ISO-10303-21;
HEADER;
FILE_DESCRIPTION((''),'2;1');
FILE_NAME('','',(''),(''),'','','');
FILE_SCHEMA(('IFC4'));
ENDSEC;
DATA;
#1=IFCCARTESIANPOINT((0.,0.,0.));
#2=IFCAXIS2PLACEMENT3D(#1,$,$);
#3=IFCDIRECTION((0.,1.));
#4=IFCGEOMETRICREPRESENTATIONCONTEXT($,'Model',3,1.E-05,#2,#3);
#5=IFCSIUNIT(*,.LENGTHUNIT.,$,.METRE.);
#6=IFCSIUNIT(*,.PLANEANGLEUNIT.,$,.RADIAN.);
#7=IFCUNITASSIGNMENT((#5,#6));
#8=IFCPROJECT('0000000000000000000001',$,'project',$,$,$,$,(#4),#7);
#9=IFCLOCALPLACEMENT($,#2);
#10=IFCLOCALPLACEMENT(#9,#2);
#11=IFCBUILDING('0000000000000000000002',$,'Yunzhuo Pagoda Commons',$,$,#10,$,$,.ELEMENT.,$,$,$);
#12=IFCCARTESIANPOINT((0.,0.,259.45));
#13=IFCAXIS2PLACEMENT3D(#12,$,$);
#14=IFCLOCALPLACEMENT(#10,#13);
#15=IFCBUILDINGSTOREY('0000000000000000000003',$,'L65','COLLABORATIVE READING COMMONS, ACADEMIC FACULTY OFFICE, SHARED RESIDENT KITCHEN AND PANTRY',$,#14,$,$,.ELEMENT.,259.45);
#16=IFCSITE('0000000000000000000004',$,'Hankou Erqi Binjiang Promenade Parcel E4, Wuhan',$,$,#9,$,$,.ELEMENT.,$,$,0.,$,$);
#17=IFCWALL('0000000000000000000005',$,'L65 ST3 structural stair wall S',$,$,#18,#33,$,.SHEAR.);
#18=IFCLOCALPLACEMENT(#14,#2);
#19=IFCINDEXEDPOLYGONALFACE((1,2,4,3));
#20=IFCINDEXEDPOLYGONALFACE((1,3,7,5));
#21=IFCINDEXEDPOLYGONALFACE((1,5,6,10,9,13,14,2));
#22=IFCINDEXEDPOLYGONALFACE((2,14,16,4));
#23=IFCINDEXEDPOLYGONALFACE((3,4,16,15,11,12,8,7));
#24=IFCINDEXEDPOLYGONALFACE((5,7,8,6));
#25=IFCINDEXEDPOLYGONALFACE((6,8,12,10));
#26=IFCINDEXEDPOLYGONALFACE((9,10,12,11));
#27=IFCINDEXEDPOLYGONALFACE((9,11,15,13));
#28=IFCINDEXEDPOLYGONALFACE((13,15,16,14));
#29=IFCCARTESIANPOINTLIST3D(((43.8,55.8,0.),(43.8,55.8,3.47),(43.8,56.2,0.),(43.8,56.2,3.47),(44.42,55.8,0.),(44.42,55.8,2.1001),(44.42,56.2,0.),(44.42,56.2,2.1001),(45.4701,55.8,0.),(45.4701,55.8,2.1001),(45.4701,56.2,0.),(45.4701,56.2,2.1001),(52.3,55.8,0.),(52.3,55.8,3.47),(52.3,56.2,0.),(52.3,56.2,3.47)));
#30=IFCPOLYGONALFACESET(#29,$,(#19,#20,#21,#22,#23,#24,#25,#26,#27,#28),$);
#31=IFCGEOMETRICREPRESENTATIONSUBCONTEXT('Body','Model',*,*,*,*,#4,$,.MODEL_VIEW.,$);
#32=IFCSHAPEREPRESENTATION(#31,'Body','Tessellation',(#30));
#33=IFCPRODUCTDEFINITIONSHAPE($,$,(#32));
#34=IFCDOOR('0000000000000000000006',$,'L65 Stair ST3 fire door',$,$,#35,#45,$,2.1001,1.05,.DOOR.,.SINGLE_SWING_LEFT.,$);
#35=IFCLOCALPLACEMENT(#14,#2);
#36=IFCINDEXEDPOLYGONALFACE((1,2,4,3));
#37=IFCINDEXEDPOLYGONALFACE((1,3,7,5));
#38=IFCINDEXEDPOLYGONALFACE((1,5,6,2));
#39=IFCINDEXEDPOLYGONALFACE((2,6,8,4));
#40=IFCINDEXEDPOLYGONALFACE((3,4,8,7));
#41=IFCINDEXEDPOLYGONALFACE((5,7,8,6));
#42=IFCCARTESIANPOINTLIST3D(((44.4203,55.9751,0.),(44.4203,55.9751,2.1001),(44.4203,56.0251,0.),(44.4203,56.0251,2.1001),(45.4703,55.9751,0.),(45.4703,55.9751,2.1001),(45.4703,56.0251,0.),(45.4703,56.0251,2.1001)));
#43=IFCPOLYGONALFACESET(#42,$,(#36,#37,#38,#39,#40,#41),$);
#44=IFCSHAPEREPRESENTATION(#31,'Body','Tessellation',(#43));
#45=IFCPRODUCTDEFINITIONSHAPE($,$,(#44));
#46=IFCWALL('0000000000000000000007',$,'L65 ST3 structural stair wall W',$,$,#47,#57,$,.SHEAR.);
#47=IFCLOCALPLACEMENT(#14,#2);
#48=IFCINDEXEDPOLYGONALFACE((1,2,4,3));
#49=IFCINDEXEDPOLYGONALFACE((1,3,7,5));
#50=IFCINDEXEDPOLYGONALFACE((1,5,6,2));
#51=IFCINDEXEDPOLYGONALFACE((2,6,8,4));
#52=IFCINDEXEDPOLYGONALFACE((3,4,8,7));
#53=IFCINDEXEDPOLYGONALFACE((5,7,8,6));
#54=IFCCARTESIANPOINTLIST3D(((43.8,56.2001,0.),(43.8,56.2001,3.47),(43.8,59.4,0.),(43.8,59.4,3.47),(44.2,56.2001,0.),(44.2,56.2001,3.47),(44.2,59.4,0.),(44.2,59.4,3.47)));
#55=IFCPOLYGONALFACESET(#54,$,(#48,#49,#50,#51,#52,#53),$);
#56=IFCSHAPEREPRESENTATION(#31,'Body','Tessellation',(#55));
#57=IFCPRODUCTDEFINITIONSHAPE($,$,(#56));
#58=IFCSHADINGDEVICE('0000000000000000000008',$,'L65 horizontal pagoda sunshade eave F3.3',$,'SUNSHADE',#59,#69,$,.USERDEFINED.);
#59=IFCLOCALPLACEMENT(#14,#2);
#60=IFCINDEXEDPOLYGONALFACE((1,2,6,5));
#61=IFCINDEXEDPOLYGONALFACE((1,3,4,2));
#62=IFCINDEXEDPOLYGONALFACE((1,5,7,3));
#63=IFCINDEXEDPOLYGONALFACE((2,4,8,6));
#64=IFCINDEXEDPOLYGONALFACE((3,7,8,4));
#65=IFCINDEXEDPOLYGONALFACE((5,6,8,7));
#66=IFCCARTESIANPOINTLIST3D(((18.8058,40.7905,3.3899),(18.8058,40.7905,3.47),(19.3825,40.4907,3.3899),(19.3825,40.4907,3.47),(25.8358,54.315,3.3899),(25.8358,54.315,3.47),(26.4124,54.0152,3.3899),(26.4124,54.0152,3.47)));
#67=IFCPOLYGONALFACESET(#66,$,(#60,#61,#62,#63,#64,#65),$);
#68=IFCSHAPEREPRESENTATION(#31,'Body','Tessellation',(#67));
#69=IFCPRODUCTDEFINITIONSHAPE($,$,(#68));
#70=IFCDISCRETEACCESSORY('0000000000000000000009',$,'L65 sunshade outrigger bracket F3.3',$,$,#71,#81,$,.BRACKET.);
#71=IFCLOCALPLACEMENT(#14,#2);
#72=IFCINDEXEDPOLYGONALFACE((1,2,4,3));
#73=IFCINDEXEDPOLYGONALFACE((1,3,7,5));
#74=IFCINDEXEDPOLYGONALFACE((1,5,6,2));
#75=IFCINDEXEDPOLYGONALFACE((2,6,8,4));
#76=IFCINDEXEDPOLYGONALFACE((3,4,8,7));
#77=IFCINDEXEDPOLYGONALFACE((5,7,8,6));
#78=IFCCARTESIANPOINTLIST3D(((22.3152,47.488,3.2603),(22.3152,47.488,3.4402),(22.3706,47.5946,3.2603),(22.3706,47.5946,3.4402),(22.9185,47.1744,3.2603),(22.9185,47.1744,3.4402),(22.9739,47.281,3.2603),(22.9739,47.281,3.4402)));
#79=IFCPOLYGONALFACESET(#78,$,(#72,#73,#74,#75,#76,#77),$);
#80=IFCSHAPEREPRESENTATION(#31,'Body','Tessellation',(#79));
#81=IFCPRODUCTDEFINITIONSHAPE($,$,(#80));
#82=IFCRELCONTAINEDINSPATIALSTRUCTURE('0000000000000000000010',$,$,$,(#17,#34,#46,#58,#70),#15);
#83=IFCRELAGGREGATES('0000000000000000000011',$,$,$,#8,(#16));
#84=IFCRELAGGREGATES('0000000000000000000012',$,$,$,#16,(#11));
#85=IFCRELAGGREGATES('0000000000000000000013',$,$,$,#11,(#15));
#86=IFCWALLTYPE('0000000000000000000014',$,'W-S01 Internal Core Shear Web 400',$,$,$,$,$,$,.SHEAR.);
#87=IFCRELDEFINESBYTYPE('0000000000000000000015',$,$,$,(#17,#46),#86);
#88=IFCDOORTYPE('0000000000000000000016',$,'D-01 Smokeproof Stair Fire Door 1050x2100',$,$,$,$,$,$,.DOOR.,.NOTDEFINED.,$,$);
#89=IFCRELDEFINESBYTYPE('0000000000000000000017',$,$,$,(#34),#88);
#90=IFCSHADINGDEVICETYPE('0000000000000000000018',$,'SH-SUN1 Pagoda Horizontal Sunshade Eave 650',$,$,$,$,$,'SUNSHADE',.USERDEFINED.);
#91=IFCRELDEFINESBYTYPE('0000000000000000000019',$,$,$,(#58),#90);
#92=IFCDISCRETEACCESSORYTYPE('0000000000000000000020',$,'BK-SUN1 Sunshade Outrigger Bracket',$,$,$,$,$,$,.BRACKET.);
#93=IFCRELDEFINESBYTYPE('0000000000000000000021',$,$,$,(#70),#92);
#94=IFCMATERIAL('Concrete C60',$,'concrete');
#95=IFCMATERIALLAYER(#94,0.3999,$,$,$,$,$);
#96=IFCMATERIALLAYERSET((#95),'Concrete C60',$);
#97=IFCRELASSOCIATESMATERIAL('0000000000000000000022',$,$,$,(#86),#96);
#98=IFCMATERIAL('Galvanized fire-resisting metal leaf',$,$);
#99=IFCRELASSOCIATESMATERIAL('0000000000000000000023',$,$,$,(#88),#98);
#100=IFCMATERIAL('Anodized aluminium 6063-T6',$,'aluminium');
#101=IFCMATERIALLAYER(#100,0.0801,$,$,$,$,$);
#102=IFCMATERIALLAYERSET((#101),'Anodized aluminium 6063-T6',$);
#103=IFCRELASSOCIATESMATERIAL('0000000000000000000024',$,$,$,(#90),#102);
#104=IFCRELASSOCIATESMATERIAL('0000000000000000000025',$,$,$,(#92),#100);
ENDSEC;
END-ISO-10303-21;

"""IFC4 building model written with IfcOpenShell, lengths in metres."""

from ifc_helpers import new_model, si_unit, direction, frame, frame_2d, origin, origin_2d, place, context, subcontext, project, spatial, rectangle, extrude, source, transform, mapped, material, layer, layer_set, type_object, element, fill, save


model = new_model("IFC4")

# Units and contexts
model_context = context("Model", 3, precision=1e-05, world=origin(), true_north=direction((0.0, 1.0)))
body_context = subcontext(model_context, "Body", "Model", "MODEL_VIEW")
ifc_project = project(units=[si_unit("LENGTHUNIT", "METRE"), si_unit("PLANEANGLEUNIT", "RADIAN")], contexts=[model_context])

# Site, building, storey
site_placement = place(None, origin())
site = spatial("IfcSite", under=ifc_project, at=site_placement, Name="Hankou Erqi Binjiang Promenade Parcel E4, Wuhan", CompositionType="ELEMENT", RefElevation=0.0)
building_placement = place(site_placement, origin())
building = spatial("IfcBuilding", under=site, at=building_placement, Name="Yunzhuo Pagoda Commons", CompositionType="ELEMENT")
storey_placement = place(building_placement, frame((0.0, 0.0, 259.45)))
storey = spatial("IfcBuildingStorey", under=building, at=storey_placement, Name="L65", Description="COLLABORATIVE READING COMMONS, ACADEMIC FACULTY OFFICE, SHARED RESIDENT KITCHEN AND PANTRY", CompositionType="ELEMENT", Elevation=259.45)

# Shared definitions
ifc_material_1 = material(Name="Anodized aluminium 6063-T6", Category="aluminium")

# Wall, opening, door
ifc_material_2 = material(Name="Concrete C60", Category="concrete")
ifc_layer_1 = layer(ifc_material_2, 0.3999)
ifc_layer_set_1 = layer_set([ifc_layer_1], Name="Concrete C60")
wall_type_1 = type_object("IfcWallType", Name="W-S01 Internal Core Shear Web 400", PredefinedType="SHEAR", material=ifc_layer_set_1)
wall_1_placement = place(storey_placement, frame((43.8, 56.0, 0.0), z_axis=(0.0, 0.0, 1.0), x_axis=(1.0, 0.0, 0.0)))
wall_1 = element("IfcWall", 1, at=wall_1_placement, inside=storey, type_object=wall_type_1, Name="L65 ST3 structural stair wall S", PredefinedType="SHEAR", context=body_context, shape_type="SweptSolid", body=[
    extrude(rectangle(XDim=8.5, YDim=0.3999, at=frame_2d((4.25, 0.0))), origin(), (0.0, 0.0, 1.0), 3.47),
])
opening_1_placement = place(wall_1_placement, frame((0.6201, 0.0, 0.0)))
opening_1 = element("IfcOpeningElement", 2, at=opening_1_placement, cuts=wall_1, PredefinedType="OPENING", context=body_context, shape_type="SweptSolid", body=[
    extrude(rectangle(XDim=1.05, YDim=2.1001, at=frame_2d((0.5249, 1.05))), frame((0.0, 0.21, 0.0), z_axis=(0.0, -1.0, 0.0), x_axis=(1.0, 0.0, 0.0)), (0.0, 0.0, 1.0), 0.4199),
])
ifc_material_3 = material(Name="Galvanized fire-resisting metal leaf")
door_type_1 = type_object("IfcDoorType", Name="D-01 Smokeproof Stair Fire Door 1050x2100", OperationType="NOTDEFINED", PredefinedType="DOOR", material=ifc_material_3)
shared_shape_1 = source(origin(), body_context, "Body", "SweptSolid", [
    extrude(rectangle(XDim=1.05, YDim=2.1001, at=frame_2d((0.5249, 1.05))), frame((0.0, 0.0249, 0.0), z_axis=(0.0, -1.0, 0.0), x_axis=(1.0, 0.0, 0.0)), (0.0, 0.0, 1.0), 0.05),
])
door_1_placement = place(opening_1_placement, frame((1.05, 0.0, 0.0), z_axis=(0.0, 0.0, 1.0), x_axis=(-1.0, 0.0, 0.0)))
door_1 = element("IfcDoor", 3, at=door_1_placement, inside=storey, type_object=door_type_1, Name="L65 Stair ST3 fire door", OperationType="SINGLE_SWING_LEFT", OverallHeight=2.1001, OverallWidth=1.05, PredefinedType="DOOR", context=body_context, shape_type="MappedRepresentation", body=[
    mapped(shared_shape_1, transform((0.0, 0.0, 0.0), scale=1.0)),
])
fill(opening_1, door_1)

# Wall
wall_2_placement = place(storey_placement, frame((44.0, 56.2, 0.0), z_axis=(0.0, 0.0, 1.0), x_axis=(0.0, 1.0, 0.0)))
element("IfcWall", 4, at=wall_2_placement, inside=storey, type_object=wall_type_1, Name="L65 ST3 structural stair wall W", PredefinedType="SHEAR", context=body_context, shape_type="SweptSolid", body=[
    extrude(rectangle(XDim=3.2, YDim=0.3999, at=frame_2d((1.6001, 0.0))), origin(), (0.0, 0.0, 1.0), 3.47),
])

# Shading device
ifc_layer_2 = layer(ifc_material_1, 0.0801)
ifc_layer_set_2 = layer_set([ifc_layer_2], Name="Anodized aluminium 6063-T6")
shading_device_type = type_object("IfcShadingDeviceType", Name="SH-SUN1 Pagoda Horizontal Sunshade Eave 650", ElementType="SUNSHADE", PredefinedType="USERDEFINED", material=ifc_layer_set_2)
shared_shape_2 = source(origin(), body_context, "Body", "SweptSolid", [
    extrude(rectangle(XDim=15.2424, YDim=0.6499, at=origin_2d()), origin(), (0.0, 0.0, 1.0), 0.0801),
])
shading_device_placement = place(storey_placement, frame((22.6091, 47.4028, 3.3899), z_axis=(0.0, 0.0, 1.0), x_axis=(-0.461207, -0.887293, 0.0)))
element("IfcShadingDevice", 5, at=shading_device_placement, inside=storey, type_object=shading_device_type, Name="L65 horizontal pagoda sunshade eave F3.3", ObjectType="SUNSHADE", PredefinedType="USERDEFINED", context=body_context, shape_type="MappedRepresentation", body=[
    mapped(shared_shape_2, transform((0.0, 0.0, 0.0), scale=1.0)),
])

# Discrete accessory
discrete_accessory_type = type_object("IfcDiscreteAccessoryType", Name="BK-SUN1 Sunshade Outrigger Bracket", PredefinedType="BRACKET", material=ifc_material_1)
shared_shape_3 = source(origin(), body_context, "Body", "SweptSolid", [
    extrude(rectangle(XDim=0.1201, YDim=0.6799, at=origin_2d()), origin(), (0.0, 0.0, 1.0), 0.1799),
])
discrete_accessory_placement = place(storey_placement, frame((22.6445, 47.3845, 3.2603), z_axis=(0.0, 0.0, 1.0), x_axis=(-0.461207, -0.887293, 0.0)))
element("IfcDiscreteAccessory", 6, at=discrete_accessory_placement, inside=storey, type_object=discrete_accessory_type, Name="L65 sunshade outrigger bracket F3.3", PredefinedType="BRACKET", context=body_context, shape_type="MappedRepresentation", body=[
    mapped(shared_shape_3, transform((0.0, 0.0, 0.0), scale=1.0)),
])

save(model, "model.ifc")
